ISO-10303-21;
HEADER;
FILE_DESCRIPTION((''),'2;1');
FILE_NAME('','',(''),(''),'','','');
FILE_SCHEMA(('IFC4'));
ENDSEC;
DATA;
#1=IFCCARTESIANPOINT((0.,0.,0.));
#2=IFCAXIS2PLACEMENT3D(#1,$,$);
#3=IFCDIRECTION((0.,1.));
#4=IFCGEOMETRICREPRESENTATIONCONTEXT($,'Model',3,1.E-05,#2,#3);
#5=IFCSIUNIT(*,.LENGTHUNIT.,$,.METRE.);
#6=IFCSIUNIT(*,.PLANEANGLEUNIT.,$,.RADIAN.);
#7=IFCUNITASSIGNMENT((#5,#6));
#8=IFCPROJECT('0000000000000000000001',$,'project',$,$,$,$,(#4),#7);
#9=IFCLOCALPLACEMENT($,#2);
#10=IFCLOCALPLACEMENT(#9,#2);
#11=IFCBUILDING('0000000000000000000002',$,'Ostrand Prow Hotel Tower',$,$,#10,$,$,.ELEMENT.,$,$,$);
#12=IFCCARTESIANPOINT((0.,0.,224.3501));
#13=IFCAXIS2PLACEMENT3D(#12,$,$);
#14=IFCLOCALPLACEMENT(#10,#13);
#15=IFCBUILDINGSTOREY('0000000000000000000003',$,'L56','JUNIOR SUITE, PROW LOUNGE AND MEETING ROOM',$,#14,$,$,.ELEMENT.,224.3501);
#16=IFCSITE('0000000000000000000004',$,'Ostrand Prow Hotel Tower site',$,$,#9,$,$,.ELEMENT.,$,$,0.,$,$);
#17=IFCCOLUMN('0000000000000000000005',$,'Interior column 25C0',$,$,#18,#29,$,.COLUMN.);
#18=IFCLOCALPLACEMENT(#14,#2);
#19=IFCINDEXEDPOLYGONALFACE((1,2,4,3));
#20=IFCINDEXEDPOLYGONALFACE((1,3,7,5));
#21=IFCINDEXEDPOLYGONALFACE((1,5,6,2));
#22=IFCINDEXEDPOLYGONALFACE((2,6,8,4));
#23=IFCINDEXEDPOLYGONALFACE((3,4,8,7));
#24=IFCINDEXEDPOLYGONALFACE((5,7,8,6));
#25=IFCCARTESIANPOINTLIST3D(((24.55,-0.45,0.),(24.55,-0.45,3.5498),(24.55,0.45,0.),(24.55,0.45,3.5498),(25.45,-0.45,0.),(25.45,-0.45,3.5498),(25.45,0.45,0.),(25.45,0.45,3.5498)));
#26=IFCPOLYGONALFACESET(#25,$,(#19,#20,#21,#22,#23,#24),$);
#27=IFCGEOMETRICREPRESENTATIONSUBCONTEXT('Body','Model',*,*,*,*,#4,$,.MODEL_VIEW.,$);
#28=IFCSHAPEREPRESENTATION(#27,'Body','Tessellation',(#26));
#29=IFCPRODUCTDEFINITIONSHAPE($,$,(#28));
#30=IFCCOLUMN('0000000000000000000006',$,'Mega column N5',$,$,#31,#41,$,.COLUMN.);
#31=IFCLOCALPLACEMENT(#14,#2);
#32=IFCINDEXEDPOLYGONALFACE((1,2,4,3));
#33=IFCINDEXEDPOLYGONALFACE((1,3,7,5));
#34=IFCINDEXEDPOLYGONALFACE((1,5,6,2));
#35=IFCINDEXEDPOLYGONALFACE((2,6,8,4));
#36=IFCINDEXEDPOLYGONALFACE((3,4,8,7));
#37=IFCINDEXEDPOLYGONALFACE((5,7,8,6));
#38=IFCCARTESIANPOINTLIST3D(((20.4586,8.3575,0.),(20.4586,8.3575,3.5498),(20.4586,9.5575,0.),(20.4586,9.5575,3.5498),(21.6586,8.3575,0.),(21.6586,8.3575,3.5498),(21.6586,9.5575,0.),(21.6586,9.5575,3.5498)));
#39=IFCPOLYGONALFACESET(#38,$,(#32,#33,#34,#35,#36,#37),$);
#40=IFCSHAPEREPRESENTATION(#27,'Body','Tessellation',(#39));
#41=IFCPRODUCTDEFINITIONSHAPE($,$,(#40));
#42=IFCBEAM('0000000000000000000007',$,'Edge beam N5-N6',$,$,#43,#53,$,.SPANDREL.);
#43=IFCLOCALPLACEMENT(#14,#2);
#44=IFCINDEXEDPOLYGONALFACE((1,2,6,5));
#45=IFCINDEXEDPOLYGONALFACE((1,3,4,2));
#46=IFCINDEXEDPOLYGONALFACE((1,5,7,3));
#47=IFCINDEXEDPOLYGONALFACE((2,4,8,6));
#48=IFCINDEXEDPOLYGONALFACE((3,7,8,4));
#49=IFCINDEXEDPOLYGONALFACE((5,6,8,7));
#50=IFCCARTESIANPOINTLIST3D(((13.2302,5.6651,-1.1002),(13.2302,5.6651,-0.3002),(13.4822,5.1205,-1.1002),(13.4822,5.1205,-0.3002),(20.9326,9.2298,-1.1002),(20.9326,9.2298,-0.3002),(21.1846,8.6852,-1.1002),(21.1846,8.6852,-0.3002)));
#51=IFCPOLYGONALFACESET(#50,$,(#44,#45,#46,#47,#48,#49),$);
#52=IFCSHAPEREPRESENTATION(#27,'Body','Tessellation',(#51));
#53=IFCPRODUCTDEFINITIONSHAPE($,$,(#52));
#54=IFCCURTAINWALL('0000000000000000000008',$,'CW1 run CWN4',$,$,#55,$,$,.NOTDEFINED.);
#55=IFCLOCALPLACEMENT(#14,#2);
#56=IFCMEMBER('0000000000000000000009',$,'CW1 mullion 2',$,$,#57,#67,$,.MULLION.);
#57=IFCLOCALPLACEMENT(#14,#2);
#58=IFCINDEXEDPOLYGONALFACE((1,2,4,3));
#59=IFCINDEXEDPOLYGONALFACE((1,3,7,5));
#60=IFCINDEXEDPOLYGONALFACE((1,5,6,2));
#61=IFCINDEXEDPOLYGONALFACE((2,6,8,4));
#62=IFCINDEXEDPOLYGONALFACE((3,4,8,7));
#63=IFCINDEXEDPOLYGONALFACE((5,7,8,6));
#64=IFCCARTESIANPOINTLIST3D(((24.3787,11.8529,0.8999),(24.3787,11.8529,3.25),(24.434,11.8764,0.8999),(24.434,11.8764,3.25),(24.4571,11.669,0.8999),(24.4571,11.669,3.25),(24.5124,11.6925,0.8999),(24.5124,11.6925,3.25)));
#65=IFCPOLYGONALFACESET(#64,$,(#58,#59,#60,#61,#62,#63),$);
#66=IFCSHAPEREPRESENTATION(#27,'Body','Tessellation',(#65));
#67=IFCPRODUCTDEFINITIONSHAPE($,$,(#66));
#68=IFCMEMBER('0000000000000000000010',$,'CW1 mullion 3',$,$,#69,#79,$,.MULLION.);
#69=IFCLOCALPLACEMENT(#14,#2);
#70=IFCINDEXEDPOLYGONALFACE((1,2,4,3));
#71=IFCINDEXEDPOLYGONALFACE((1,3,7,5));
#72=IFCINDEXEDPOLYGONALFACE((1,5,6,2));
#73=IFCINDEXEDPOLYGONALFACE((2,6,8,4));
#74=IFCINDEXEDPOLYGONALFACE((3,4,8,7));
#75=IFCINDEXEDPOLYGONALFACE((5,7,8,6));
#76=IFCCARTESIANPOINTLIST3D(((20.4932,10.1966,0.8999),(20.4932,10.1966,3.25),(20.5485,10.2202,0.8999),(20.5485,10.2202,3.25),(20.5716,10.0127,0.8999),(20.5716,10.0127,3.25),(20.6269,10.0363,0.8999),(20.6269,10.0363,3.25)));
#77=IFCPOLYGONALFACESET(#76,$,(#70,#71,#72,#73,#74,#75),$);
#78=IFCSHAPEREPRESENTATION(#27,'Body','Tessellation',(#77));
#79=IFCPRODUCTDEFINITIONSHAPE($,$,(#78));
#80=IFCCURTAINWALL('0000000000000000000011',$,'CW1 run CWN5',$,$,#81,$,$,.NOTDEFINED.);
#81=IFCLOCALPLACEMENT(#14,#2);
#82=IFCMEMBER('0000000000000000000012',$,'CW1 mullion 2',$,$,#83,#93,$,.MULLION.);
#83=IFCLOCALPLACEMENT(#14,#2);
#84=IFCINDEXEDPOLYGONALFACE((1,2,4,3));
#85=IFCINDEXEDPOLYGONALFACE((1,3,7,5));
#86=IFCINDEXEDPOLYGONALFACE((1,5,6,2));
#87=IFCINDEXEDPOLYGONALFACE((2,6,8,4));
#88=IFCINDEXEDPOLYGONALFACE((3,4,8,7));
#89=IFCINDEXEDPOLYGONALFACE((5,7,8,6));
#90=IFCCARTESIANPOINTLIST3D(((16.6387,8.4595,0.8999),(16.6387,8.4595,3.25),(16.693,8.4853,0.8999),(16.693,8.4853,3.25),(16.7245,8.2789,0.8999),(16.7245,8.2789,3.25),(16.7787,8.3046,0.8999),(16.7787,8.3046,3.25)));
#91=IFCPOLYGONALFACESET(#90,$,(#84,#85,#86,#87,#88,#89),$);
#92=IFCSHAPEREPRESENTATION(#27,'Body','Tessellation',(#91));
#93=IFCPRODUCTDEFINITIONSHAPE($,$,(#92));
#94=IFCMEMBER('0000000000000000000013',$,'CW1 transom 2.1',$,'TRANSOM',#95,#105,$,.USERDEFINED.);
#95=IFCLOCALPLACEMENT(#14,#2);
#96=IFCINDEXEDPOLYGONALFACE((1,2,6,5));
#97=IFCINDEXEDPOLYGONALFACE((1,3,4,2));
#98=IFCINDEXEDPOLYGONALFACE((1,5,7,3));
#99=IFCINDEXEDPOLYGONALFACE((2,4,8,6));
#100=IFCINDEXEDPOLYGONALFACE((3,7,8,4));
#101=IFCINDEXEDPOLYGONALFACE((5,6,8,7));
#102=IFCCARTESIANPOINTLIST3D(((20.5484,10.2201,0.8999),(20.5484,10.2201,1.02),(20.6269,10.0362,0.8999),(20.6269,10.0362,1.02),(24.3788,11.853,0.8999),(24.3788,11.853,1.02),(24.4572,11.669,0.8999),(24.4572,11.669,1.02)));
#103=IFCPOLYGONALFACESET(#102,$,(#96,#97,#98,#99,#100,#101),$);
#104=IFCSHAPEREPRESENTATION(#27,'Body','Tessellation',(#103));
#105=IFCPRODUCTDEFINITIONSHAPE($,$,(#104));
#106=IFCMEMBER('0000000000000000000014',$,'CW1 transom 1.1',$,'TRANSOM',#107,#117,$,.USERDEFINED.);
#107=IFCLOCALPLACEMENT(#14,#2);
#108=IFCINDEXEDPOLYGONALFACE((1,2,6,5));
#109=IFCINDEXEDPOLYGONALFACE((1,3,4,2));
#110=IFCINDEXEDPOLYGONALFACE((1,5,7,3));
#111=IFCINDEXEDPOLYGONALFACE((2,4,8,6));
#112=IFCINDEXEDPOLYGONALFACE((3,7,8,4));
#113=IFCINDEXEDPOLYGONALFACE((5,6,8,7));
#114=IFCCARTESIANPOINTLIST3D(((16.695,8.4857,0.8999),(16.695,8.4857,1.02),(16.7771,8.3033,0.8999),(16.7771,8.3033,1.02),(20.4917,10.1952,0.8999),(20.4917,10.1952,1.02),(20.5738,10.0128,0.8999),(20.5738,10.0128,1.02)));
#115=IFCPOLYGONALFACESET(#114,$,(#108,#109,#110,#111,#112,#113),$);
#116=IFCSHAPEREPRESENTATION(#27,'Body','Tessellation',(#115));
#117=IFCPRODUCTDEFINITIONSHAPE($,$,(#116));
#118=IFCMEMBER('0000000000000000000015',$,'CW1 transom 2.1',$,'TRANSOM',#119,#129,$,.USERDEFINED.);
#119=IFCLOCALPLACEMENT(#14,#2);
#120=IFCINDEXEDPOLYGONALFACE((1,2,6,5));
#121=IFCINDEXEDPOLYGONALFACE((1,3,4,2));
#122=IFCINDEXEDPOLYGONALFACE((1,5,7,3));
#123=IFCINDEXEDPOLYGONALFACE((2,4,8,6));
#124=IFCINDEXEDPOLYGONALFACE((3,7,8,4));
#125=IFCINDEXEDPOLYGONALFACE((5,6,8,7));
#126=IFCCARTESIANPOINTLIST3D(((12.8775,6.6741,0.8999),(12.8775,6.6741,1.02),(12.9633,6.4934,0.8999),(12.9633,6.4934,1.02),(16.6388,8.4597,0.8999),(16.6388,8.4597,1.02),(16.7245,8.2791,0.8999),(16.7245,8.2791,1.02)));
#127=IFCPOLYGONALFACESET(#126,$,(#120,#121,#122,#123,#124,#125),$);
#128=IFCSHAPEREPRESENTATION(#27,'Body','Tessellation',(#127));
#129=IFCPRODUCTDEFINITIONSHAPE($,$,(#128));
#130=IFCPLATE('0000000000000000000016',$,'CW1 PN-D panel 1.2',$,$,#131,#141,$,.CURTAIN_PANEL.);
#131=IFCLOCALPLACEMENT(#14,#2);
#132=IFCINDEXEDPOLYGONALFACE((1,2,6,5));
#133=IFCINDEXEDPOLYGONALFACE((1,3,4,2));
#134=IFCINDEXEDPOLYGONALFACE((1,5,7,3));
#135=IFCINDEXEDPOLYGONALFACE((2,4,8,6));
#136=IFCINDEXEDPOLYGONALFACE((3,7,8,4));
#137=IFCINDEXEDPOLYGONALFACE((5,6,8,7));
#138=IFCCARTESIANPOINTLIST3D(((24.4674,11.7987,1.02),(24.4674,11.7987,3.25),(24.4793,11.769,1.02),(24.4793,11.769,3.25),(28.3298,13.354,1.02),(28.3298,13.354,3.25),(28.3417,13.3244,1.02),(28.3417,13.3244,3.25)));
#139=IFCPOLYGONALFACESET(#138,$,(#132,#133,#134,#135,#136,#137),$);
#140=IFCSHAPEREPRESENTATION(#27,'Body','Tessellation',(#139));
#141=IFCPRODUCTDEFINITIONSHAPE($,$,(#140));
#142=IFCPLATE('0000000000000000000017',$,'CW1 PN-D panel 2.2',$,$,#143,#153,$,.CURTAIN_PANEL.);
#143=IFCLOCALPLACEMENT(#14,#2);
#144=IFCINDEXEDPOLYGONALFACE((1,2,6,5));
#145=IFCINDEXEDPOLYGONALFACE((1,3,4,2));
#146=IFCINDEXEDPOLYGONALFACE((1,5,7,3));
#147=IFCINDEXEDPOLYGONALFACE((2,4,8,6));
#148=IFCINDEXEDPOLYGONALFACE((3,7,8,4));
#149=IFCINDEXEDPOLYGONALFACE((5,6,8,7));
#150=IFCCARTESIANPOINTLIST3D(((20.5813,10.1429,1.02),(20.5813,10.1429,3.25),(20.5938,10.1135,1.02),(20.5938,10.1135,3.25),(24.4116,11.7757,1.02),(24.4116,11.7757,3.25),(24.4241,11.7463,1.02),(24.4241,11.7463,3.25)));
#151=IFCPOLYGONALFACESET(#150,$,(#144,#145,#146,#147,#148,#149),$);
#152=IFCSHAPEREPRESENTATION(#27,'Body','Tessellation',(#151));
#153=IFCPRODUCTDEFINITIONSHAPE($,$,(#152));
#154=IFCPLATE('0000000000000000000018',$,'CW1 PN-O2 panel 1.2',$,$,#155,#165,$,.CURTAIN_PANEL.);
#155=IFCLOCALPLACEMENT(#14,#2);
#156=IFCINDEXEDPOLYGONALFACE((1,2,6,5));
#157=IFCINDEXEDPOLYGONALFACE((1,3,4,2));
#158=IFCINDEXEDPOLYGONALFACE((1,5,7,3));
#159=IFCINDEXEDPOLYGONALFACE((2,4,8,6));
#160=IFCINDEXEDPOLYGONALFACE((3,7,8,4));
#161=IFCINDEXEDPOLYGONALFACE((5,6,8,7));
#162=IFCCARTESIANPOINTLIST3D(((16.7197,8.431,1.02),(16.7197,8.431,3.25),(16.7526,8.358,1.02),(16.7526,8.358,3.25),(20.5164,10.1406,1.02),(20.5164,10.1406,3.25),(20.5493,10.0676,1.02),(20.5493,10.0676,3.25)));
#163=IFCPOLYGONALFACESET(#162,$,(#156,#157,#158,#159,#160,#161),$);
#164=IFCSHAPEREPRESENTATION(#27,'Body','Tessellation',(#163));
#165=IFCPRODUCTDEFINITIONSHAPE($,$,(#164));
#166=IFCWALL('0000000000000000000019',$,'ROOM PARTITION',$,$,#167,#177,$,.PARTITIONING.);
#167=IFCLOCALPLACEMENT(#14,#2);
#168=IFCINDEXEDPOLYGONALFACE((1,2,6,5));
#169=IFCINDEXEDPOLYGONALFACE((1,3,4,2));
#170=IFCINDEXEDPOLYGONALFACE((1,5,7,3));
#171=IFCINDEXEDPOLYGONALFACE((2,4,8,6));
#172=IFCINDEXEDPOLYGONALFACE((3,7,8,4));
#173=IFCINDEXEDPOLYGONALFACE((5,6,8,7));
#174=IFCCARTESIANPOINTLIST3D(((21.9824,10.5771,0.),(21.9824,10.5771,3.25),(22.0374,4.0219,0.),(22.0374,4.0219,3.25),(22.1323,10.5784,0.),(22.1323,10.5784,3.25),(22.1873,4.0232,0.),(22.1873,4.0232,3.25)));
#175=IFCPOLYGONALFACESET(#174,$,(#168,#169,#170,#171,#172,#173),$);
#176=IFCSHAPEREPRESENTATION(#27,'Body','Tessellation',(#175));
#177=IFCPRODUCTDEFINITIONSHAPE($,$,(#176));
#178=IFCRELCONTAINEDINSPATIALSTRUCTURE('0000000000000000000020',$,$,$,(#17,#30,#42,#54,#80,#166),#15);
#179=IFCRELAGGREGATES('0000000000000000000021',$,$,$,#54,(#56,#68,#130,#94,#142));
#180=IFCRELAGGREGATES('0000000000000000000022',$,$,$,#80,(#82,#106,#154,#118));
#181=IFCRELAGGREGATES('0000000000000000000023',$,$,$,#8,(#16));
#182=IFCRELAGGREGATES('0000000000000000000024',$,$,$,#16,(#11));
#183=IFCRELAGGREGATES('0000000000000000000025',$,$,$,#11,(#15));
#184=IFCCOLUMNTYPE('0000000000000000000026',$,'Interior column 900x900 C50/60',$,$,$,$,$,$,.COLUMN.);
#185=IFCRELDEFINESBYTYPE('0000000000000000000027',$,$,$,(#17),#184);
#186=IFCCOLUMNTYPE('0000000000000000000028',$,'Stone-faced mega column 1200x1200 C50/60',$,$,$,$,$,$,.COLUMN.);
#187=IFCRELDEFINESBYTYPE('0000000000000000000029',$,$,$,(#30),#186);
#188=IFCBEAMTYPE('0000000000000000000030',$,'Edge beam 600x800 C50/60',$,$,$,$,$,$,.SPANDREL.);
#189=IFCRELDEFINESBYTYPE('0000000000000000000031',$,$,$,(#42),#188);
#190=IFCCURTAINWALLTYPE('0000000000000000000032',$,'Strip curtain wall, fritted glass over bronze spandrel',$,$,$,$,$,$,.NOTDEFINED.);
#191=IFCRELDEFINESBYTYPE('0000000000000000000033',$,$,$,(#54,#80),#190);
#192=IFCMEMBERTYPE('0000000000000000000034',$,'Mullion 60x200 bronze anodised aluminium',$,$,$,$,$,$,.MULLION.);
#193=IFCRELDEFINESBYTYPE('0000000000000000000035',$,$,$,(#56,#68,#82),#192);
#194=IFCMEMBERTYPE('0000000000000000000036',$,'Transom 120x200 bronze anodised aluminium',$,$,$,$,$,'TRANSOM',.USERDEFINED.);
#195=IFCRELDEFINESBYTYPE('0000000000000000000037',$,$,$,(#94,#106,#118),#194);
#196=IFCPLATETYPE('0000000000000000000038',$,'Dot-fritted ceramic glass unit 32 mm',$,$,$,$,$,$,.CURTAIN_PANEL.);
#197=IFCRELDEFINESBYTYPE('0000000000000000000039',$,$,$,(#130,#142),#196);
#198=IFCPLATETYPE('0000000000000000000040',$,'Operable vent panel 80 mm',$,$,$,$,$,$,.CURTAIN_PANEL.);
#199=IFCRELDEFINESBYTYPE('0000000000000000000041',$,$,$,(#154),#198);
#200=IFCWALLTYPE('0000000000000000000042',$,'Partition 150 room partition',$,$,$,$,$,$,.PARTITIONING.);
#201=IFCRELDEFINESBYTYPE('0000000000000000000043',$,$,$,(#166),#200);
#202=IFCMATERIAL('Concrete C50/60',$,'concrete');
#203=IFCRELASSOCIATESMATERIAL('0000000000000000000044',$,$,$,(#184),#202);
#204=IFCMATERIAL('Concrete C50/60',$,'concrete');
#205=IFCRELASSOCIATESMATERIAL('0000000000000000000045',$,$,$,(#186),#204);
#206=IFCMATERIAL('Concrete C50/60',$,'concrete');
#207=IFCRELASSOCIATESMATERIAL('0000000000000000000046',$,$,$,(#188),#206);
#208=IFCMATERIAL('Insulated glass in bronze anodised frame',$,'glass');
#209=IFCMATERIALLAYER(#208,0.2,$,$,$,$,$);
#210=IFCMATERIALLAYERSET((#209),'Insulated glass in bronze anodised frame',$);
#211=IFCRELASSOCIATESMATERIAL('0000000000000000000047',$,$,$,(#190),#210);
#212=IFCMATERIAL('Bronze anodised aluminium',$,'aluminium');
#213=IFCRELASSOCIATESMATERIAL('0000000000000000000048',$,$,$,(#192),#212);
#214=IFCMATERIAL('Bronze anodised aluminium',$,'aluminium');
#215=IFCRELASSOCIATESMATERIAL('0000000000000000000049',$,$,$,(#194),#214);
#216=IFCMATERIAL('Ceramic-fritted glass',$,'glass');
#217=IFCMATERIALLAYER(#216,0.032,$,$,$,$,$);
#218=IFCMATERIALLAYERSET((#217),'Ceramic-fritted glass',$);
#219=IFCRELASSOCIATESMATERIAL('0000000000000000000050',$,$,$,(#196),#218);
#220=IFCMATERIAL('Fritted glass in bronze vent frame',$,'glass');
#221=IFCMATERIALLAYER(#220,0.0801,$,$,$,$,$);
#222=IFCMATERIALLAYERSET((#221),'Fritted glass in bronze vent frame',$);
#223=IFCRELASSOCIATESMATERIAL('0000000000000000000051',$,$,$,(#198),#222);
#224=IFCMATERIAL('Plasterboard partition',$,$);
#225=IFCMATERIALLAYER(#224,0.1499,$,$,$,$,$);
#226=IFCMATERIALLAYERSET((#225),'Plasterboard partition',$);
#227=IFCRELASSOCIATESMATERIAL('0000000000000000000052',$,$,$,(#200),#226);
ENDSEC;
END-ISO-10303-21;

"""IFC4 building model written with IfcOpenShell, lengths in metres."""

from ifc_helpers import new_model, si_unit, direction, frame, frame_2d, origin, origin_2d, place, context, subcontext, project, spatial, rectangle, extrude, material, layer, layer_set, material_profile, profile_set, type_object, element, aggregate, save


model = new_model("IFC4")

# Units and contexts
model_context = context("Model", 3, precision=1e-05, world=origin(), true_north=direction((0.0, 1.0)))
body_context = subcontext(model_context, "Body", "Model", "MODEL_VIEW")
ifc_project = project(units=[si_unit("LENGTHUNIT", "METRE"), si_unit("PLANEANGLEUNIT", "RADIAN")], contexts=[model_context])

# Site, building, storey
site_placement = place(None, origin())
site = spatial("IfcSite", under=ifc_project, at=site_placement, Name="Ostrand Prow Hotel Tower site", CompositionType="ELEMENT", RefElevation=0.0)
building_placement = place(site_placement, origin())
building = spatial("IfcBuilding", under=site, at=building_placement, Name="Ostrand Prow Hotel Tower", CompositionType="ELEMENT")
storey_placement = place(building_placement, frame((0.0, 0.0, 224.3501)))
storey = spatial("IfcBuildingStorey", under=building, at=storey_placement, Name="L56", Description="JUNIOR SUITE, PROW LOUNGE AND MEETING ROOM", CompositionType="ELEMENT", Elevation=224.3501)

# Columns
ifc_material_1 = material(Name="Concrete C50/60", Category="concrete")
ifc_material_profile_1 = material_profile(ifc_material_1, rectangle(XDim=0.8999, YDim=0.8999, at=origin_2d()), Name="RC 900x900")
ifc_profile_set_1 = profile_set([ifc_material_profile_1], Name="Concrete C50/60")
column_type_1 = type_object("IfcColumnType", Name="Interior column 900x900 C50/60", PredefinedType="COLUMN", material=ifc_profile_set_1)
column_1_placement = place(storey_placement, frame((25.0, 0.0, 0.0), z_axis=(0.0, 0.0, 1.0), x_axis=(1.0, 0.0, 0.0)))
element("IfcColumn", 1, at=column_1_placement, inside=storey, type_object=column_type_1, Name="Interior column 25C0", PredefinedType="COLUMN", context=body_context, shape_type="SweptSolid", body=[
    extrude(rectangle(XDim=0.8999, YDim=0.8999, at=origin_2d()), origin(), (0.0, 0.0, 1.0), 3.5498),
])
ifc_material_2 = material(Name="Concrete C50/60", Category="concrete")
ifc_material_profile_2 = material_profile(ifc_material_2, rectangle(XDim=1.2, YDim=1.2, at=origin_2d()), Name="RC 1200x1200")
ifc_profile_set_2 = profile_set([ifc_material_profile_2], Name="Concrete C50/60")
column_type_2 = type_object("IfcColumnType", Name="Stone-faced mega column 1200x1200 C50/60", PredefinedType="COLUMN", material=ifc_profile_set_2)
column_2_placement = place(storey_placement, frame((21.0586, 8.9575, 0.0), z_axis=(0.0, 0.0, 1.0), x_axis=(1.0, 0.0, 0.0)))
element("IfcColumn", 2, at=column_2_placement, inside=storey, type_object=column_type_2, Name="Mega column N5", PredefinedType="COLUMN", context=body_context, shape_type="SweptSolid", body=[
    extrude(rectangle(XDim=1.2, YDim=1.2, at=origin_2d()), origin(), (0.0, 0.0, 1.0), 3.5498),
])

# Beam
ifc_material_3 = material(Name="Concrete C50/60", Category="concrete")
ifc_material_profile_3 = material_profile(ifc_material_3, rectangle(XDim=0.6001, YDim=0.8, at=origin_2d()), Name="RC 600x800")
ifc_profile_set_3 = profile_set([ifc_material_profile_3], Name="Concrete C50/60")
beam_type = type_object("IfcBeamType", Name="Edge beam 600x800 C50/60", PredefinedType="SPANDREL", material=ifc_profile_set_3)
beam_placement = place(storey_placement, frame((21.0586, 8.9575, -0.7002), z_axis=(-0.907522, -0.420005, 0.0), x_axis=(0.420005, -0.907522, 0.0)))
element("IfcBeam", 3, at=beam_placement, inside=storey, type_object=beam_type, Name="Edge beam N5-N6", PredefinedType="SPANDREL", context=body_context, shape_type="SweptSolid", body=[
    extrude(rectangle(XDim=0.6001, YDim=0.8, at=origin_2d()), origin(), (0.0, 0.0, 1.0), 8.4873),
])

# Curtain wall, members
ifc_material_4 = material(Name="Insulated glass in bronze anodised frame", Category="glass")
ifc_layer_1 = layer(ifc_material_4, 0.2)
ifc_layer_set_1 = layer_set([ifc_layer_1], Name="Insulated glass in bronze anodised frame")
curtain_wall_type = type_object("IfcCurtainWallType", Name="Strip curtain wall, fritted glass over bronze spandrel", PredefinedType="NOTDEFINED", material=ifc_layer_set_1)
curtain_wall_1_placement = place(storey_placement, origin())
curtain_wall_1 = element("IfcCurtainWall", 4, at=curtain_wall_1_placement, inside=storey, type_object=curtain_wall_type, Name="CW1 run CWN4", PredefinedType="NOTDEFINED")
ifc_material_5 = material(Name="Bronze anodised aluminium", Category="aluminium")
ifc_material_profile_4 = material_profile(ifc_material_5, rectangle(XDim=0.2, YDim=0.0601, at=origin_2d()), Name="Mullion 60x200 bronze anodised aluminium")
ifc_profile_set_4 = profile_set([ifc_material_profile_4], Name="Bronze anodised aluminium")
member_type_1 = type_object("IfcMemberType", Name="Mullion 60x200 bronze anodised aluminium", PredefinedType="MULLION", material=ifc_profile_set_4)
member_1_placement = place(storey_placement, frame((24.4456, 11.7727, 0.8999), z_axis=(0.0, 0.0, 1.0), x_axis=(0.392136, -0.919907, 0.0)))
member_1 = element("IfcMember", 5, at=member_1_placement, type_object=member_type_1, Name="CW1 mullion 2", PredefinedType="MULLION", context=body_context, shape_type="SweptSolid", body=[
    extrude(rectangle(XDim=0.2, YDim=0.0601, at=origin_2d()), origin(), (0.0, 0.0, 1.0), 2.3501),
])
member_2_placement = place(storey_placement, frame((20.5601, 10.1165, 0.8999), z_axis=(0.0, 0.0, 1.0), x_axis=(0.392136, -0.919907, 0.0)))
member_2 = element("IfcMember", 6, at=member_2_placement, type_object=member_type_1, Name="CW1 mullion 3", PredefinedType="MULLION", context=body_context, shape_type="SweptSolid", body=[
    extrude(rectangle(XDim=0.2, YDim=0.0601, at=origin_2d()), origin(), (0.0, 0.0, 1.0), 2.3501),
])

# Curtain wall, member
curtain_wall_2_placement = place(storey_placement, origin())
curtain_wall_2 = element("IfcCurtainWall", 7, at=curtain_wall_2_placement, inside=storey, type_object=curtain_wall_type, Name="CW1 run CWN5", PredefinedType="NOTDEFINED")
member_3_placement = place(storey_placement, frame((16.7087, 8.3821, 0.8999), z_axis=(0.0, 0.0, 1.0), x_axis=(0.428861, -0.90337, 0.0)))
member_3 = element("IfcMember", 8, at=member_3_placement, type_object=member_type_1, Name="CW1 mullion 2", PredefinedType="MULLION", context=body_context, shape_type="SweptSolid", body=[
    extrude(rectangle(XDim=0.2, YDim=0.0601, at=origin_2d()), origin(), (0.0, 0.0, 1.0), 2.3501),
])

# Members
ifc_material_6 = material(Name="Bronze anodised aluminium", Category="aluminium")
ifc_material_profile_5 = material_profile(ifc_material_6, rectangle(XDim=0.2, YDim=0.1201, at=origin_2d()), Name="Transom 120x200 bronze anodised aluminium")
ifc_profile_set_5 = profile_set([ifc_material_profile_5], Name="Bronze anodised aluminium")
member_type_2 = type_object("IfcMemberType", Name="Transom 120x200 bronze anodised aluminium", ElementType="TRANSOM", PredefinedType="USERDEFINED", material=ifc_profile_set_5)
member_4_placement = place(storey_placement, frame((24.418, 11.761, 0.96), z_axis=(-0.919905, -0.392142, 0.0), x_axis=(0.392142, -0.919905, 0.0)))
member_4 = element("IfcMember", 9, at=member_4_placement, type_object=member_type_2, Name="CW1 transom 2.1", ObjectType="TRANSOM", PredefinedType="USERDEFINED", context=body_context, shape_type="SweptSolid", body=[
    extrude(rectangle(XDim=0.2, YDim=0.1201, at=origin_2d()), origin(), (0.0, 0.0, 1.0), 4.1638),
])
member_5_placement = place(storey_placement, frame((20.5327, 10.104, 0.96), z_axis=(-0.911833, -0.410562, 0.0), x_axis=(0.410562, -0.911833, 0.0)))
member_5 = element("IfcMember", 10, at=member_5_placement, type_object=member_type_2, Name="CW1 transom 1.1", ObjectType="TRANSOM", PredefinedType="USERDEFINED", context=body_context, shape_type="SweptSolid", body=[
    extrude(rectangle(XDim=0.2, YDim=0.1201, at=origin_2d()), origin(), (0.0, 0.0, 1.0), 4.1638),
])
member_6_placement = place(storey_placement, frame((16.6816, 8.3694, 0.96), z_axis=(-0.903365, -0.428873, 0.0), x_axis=(0.428873, -0.903365, 0.0)))
member_6 = element("IfcMember", 11, at=member_6_placement, type_object=member_type_2, Name="CW1 transom 2.1", ObjectType="TRANSOM", PredefinedType="USERDEFINED", context=body_context, shape_type="SweptSolid", body=[
    extrude(rectangle(XDim=0.2, YDim=0.1201, at=origin_2d()), origin(), (0.0, 0.0, 1.0), 4.1636),
])

# Plates
ifc_material_7 = material(Name="Ceramic-fritted glass", Category="glass")
ifc_layer_2 = layer(ifc_material_7, 0.032)
ifc_layer_set_2 = layer_set([ifc_layer_2], Name="Ceramic-fritted glass")
plate_type_1 = type_object("IfcPlateType", Name="Dot-fritted ceramic glass unit 32 mm", PredefinedType="CURTAIN_PANEL", material=ifc_layer_set_2)
plate_1_placement = place(storey_placement, frame((26.4045, 12.5615, 1.02), z_axis=(0.0, 0.0, 1.0), x_axis=(-0.927617, -0.373533, 0.0)))
plate_1 = element("IfcPlate", 12, at=plate_1_placement, type_object=plate_type_1, Name="CW1 PN-D panel 1.2", PredefinedType="CURTAIN_PANEL", context=body_context, shape_type="SweptSolid", body=[
    extrude(rectangle(XDim=4.1638, YDim=0.032, at=origin_2d()), origin(), (0.0, 0.0, 1.0), 2.23),
])
plate_2_placement = place(storey_placement, frame((22.5027, 10.9446, 1.02), z_axis=(0.0, 0.0, 1.0), x_axis=(-0.919907, -0.392136, 0.0)))
plate_2 = element("IfcPlate", 13, at=plate_2_placement, type_object=plate_type_1, Name="CW1 PN-D panel 2.2", PredefinedType="CURTAIN_PANEL", context=body_context, shape_type="SweptSolid", body=[
    extrude(rectangle(XDim=4.1638, YDim=0.032, at=origin_2d()), origin(), (0.0, 0.0, 1.0), 2.23),
])
aggregate(curtain_wall_1, [member_1, member_2, plate_1, member_4, plate_2])
ifc_material_8 = material(Name="Fritted glass in bronze vent frame", Category="glass")
ifc_layer_3 = layer(ifc_material_8, 0.0801)
ifc_layer_set_3 = layer_set([ifc_layer_3], Name="Fritted glass in bronze vent frame")
plate_type_2 = type_object("IfcPlateType", Name="Operable vent panel 80 mm", PredefinedType="CURTAIN_PANEL", material=ifc_layer_set_3)
plate_3_placement = place(storey_placement, frame((18.6345, 9.2493, 1.02), z_axis=(0.0, 0.0, 1.0), x_axis=(-0.911824, -0.410582, 0.0)))
plate_3 = element("IfcPlate", 14, at=plate_3_placement, type_object=plate_type_2, Name="CW1 PN-O2 panel 1.2", PredefinedType="CURTAIN_PANEL", context=body_context, shape_type="SweptSolid", body=[
    extrude(rectangle(XDim=4.1638, YDim=0.0801, at=origin_2d()), origin(), (0.0, 0.0, 1.0), 2.23),
])
aggregate(curtain_wall_2, [member_3, member_5, plate_3, member_6])

# Wall
ifc_material_9 = material(Name="Plasterboard partition")
ifc_layer_4 = layer(ifc_material_9, 0.1499)
ifc_layer_set_4 = layer_set([ifc_layer_4], Name="Plasterboard partition")
wall_type_1 = type_object("IfcWallType", Name="Partition 150 room partition", PredefinedType="PARTITIONING", material=ifc_layer_set_4)
wall_1_placement = place(storey_placement, frame((22.0574, 10.5779, 0.0), z_axis=(0.0, 0.0, 1.0), x_axis=(0.00838, -0.999965, 0.0)))
element("IfcWall", 15, at=wall_1_placement, inside=storey, type_object=wall_type_1, Name="ROOM PARTITION", PredefinedType="PARTITIONING", context=body_context, shape_type="SweptSolid", body=[
    extrude(rectangle(XDim=6.5554, YDim=0.1499, at=frame_2d((3.2778, 0.0))), origin(), (0.0, 0.0, 1.0), 3.25),
])

save(model, "model.ifc")
